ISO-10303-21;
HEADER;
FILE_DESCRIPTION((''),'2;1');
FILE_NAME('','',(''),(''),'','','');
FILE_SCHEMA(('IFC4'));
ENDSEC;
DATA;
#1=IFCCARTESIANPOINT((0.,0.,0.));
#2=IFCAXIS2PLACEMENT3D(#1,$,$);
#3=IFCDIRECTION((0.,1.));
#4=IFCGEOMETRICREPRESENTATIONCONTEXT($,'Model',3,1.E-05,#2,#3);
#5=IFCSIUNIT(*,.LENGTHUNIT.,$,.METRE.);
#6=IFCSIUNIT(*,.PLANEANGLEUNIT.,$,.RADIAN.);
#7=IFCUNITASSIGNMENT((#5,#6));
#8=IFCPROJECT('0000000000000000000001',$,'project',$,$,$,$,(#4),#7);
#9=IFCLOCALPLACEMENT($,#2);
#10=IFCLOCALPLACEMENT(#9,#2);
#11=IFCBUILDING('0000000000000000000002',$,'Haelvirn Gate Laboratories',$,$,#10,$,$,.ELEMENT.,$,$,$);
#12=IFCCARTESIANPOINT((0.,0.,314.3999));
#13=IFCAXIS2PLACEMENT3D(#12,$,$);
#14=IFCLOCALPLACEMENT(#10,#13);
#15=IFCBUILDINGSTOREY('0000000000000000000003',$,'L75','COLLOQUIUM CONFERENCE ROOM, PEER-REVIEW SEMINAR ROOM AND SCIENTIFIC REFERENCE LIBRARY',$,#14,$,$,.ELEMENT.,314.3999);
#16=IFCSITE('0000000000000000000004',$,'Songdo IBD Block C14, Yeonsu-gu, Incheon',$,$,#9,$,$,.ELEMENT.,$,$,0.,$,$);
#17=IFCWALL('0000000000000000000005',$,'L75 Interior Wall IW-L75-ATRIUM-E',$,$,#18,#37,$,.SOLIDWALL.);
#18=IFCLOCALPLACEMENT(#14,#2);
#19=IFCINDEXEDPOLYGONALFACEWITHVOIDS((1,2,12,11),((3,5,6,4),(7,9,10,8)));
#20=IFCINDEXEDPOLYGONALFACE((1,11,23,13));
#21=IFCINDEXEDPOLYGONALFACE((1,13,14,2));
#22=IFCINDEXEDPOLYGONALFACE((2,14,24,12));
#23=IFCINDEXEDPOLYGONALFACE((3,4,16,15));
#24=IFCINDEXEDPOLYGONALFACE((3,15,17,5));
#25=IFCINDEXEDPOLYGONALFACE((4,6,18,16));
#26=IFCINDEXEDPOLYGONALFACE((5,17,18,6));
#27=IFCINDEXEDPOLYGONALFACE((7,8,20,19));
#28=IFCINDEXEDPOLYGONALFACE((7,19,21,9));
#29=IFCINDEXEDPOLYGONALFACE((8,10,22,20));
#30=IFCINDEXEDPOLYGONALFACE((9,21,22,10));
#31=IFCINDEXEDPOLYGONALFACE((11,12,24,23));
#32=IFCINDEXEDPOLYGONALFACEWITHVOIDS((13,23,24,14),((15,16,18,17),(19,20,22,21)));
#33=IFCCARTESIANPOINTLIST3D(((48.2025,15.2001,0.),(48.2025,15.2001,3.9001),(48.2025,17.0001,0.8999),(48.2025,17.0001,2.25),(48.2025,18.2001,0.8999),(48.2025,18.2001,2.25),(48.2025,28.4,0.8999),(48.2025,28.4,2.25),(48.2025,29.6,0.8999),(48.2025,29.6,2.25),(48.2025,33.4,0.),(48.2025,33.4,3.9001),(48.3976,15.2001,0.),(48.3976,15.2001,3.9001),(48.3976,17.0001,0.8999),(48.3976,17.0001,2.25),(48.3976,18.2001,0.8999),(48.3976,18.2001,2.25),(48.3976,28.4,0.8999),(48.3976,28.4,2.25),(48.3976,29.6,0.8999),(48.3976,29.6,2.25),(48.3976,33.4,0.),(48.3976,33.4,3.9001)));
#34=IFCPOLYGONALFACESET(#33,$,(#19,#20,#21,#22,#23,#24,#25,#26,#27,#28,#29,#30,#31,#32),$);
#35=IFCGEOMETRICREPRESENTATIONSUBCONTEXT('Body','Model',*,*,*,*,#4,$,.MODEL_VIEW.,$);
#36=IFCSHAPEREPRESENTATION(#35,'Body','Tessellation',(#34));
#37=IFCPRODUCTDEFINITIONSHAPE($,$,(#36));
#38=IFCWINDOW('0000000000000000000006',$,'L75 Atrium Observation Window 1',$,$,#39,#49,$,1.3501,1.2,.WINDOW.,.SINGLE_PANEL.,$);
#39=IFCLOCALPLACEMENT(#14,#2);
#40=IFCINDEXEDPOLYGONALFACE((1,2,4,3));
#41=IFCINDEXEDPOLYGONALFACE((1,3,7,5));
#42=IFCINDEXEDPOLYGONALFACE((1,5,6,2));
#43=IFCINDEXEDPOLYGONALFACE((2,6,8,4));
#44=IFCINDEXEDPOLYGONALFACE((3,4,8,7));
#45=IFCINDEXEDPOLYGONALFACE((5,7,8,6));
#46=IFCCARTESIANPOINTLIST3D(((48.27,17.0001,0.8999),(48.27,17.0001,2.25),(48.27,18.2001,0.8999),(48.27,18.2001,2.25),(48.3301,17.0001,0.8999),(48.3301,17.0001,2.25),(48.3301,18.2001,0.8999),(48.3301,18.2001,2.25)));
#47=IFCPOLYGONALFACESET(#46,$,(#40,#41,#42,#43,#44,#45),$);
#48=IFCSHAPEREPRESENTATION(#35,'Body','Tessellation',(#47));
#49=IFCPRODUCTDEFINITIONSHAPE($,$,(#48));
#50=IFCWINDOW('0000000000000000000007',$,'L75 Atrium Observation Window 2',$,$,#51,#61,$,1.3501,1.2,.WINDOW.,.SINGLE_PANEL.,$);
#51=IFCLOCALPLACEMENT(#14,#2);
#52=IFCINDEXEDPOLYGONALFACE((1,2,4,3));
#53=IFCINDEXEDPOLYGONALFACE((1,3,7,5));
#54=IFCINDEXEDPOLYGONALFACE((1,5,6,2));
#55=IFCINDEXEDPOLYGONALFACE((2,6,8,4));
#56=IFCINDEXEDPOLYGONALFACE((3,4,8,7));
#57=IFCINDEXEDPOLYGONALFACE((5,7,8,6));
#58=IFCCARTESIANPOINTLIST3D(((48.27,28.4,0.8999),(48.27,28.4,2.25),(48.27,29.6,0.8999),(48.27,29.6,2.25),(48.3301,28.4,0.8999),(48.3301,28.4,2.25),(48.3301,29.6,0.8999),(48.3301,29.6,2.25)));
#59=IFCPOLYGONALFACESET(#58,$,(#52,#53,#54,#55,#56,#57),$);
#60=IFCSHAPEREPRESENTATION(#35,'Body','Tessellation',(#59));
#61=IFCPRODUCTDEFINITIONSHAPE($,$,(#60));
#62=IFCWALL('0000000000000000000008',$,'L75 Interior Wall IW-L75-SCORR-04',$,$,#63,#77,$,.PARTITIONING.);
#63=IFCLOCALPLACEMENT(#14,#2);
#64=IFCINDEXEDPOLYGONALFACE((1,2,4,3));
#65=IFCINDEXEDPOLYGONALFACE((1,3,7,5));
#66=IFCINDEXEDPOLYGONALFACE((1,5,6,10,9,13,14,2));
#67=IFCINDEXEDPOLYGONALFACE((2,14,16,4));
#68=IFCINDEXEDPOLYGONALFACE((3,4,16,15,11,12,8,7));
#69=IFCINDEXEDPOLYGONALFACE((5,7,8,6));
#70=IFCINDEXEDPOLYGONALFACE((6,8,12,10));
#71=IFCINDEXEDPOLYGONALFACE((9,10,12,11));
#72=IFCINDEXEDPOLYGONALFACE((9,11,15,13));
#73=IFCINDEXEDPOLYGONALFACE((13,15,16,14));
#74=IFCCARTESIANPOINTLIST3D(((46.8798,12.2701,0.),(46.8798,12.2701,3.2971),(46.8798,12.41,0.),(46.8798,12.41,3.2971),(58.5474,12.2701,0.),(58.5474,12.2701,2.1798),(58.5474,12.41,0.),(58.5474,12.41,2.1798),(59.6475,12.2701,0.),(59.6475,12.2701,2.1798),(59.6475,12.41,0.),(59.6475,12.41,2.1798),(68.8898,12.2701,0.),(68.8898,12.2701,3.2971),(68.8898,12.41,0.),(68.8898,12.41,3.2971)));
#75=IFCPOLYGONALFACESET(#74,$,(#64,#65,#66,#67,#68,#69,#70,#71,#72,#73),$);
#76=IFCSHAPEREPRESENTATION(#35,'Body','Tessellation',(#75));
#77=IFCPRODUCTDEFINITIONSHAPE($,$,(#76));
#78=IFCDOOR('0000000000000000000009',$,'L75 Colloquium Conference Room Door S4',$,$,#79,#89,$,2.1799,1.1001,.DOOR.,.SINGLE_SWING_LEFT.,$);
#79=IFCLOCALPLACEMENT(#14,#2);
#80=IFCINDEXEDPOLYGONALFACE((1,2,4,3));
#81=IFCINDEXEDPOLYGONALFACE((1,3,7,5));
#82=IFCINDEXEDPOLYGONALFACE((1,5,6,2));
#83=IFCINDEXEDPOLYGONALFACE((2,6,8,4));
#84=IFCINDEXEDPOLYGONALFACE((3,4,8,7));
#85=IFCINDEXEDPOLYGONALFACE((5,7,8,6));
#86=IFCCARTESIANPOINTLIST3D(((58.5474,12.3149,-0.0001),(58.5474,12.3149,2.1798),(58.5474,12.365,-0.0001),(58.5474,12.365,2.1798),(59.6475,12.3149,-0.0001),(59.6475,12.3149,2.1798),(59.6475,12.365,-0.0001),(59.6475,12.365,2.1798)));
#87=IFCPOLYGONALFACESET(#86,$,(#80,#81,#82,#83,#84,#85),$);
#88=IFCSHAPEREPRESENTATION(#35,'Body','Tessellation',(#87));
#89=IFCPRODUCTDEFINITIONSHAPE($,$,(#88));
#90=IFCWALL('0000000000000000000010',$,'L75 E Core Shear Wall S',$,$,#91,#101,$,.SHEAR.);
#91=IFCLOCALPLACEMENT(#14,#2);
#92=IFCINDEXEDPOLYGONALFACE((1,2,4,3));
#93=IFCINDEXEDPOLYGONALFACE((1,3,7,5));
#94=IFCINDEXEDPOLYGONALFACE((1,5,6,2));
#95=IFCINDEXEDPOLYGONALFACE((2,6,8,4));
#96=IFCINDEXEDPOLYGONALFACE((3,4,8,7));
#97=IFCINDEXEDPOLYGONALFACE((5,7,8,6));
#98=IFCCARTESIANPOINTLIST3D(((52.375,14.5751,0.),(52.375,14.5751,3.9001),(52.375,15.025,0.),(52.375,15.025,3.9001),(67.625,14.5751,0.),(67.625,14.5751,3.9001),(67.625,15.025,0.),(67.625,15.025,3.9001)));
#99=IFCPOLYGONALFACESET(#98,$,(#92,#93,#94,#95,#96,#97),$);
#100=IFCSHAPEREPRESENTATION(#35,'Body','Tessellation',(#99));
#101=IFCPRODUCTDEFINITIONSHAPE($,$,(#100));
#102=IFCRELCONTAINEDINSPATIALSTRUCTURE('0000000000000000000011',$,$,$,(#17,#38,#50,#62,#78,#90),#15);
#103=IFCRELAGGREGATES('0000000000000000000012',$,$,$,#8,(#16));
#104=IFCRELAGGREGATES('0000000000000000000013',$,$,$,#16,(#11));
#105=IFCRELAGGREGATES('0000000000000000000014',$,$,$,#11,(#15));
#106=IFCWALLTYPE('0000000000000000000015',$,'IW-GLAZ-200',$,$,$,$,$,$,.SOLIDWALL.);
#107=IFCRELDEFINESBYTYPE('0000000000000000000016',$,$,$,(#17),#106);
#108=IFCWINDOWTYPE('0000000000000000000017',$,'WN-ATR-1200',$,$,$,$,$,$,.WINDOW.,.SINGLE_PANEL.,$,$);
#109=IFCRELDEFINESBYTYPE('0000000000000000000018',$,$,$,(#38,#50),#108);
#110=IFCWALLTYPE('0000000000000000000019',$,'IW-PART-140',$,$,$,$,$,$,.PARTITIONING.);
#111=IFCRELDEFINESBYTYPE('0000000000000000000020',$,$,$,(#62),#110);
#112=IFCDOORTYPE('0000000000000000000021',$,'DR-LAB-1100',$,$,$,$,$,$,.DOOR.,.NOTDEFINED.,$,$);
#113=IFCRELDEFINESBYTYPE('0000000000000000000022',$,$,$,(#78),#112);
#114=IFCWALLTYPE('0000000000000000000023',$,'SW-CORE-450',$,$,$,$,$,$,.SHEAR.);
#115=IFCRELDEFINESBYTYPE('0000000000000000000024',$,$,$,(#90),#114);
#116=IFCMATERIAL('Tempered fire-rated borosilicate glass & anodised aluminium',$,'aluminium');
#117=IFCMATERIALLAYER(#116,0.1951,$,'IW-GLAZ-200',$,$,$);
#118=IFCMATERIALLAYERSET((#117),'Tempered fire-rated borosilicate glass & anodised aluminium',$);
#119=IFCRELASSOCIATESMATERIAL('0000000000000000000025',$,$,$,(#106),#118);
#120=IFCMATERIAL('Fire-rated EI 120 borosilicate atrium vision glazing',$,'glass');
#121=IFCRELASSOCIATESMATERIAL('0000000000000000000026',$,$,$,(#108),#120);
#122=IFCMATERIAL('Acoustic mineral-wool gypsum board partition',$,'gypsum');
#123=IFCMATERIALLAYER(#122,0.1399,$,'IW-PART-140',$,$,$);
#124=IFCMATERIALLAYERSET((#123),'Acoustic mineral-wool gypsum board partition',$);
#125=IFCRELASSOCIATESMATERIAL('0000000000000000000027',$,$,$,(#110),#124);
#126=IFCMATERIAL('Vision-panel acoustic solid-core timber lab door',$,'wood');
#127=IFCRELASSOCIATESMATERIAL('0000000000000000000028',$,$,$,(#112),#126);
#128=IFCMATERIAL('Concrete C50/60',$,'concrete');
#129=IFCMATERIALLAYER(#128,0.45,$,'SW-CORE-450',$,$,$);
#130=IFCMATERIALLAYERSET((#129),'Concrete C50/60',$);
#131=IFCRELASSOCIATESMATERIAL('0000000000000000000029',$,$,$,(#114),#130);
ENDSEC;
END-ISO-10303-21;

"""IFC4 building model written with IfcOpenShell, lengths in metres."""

from ifc_helpers import new_model, si_unit, direction, frame, frame_2d, origin, place, context, subcontext, project, spatial, rectangle, extrude, source, transform, mapped, material, layer, layer_set, type_object, type_shapes, element, fill, save


model = new_model("IFC4")

# Units and contexts
model_context = context("Model", 3, precision=1e-05, world=origin(), true_north=direction((0.0, 1.0)))
body_context = subcontext(model_context, "Body", "Model", "MODEL_VIEW")
ifc_project = project(units=[si_unit("LENGTHUNIT", "METRE"), si_unit("PLANEANGLEUNIT", "RADIAN")], contexts=[model_context])

# Site, building, storey
site_placement = place(None, origin())
site = spatial("IfcSite", under=ifc_project, at=site_placement, Name="Songdo IBD Block C14, Yeonsu-gu, Incheon", CompositionType="ELEMENT", RefElevation=0.0)
building_placement = place(site_placement, origin())
building = spatial("IfcBuilding", under=site, at=building_placement, Name="Haelvirn Gate Laboratories", CompositionType="ELEMENT")
storey_placement = place(building_placement, frame((0.0, 0.0, 314.3999)))
storey = spatial("IfcBuildingStorey", under=building, at=storey_placement, Name="L75", Description="COLLOQUIUM CONFERENCE ROOM, PEER-REVIEW SEMINAR ROOM AND SCIENTIFIC REFERENCE LIBRARY", CompositionType="ELEMENT", Elevation=314.3999)

# Shared definitions
ifc_material_1 = material(Name="Concrete C50/60", Category="concrete")

# Wall, openings, windows
ifc_material_2 = material(Name="Tempered fire-rated borosilicate glass & anodised aluminium", Category="aluminium")
ifc_layer_1 = layer(ifc_material_2, 0.1951, Name="IW-GLAZ-200")
ifc_layer_set_1 = layer_set([ifc_layer_1], Name="Tempered fire-rated borosilicate glass & anodised aluminium")
wall_type_1 = type_object("IfcWallType", Name="IW-GLAZ-200", PredefinedType="SOLIDWALL", material=ifc_layer_set_1)
wall_1_placement = place(storey_placement, frame((48.3, 15.2, 0.0), z_axis=(0.0, 0.0, 1.0), x_axis=(0.0, 1.0, 0.0)))
wall_1 = element("IfcWall", 1, at=wall_1_placement, inside=storey, type_object=wall_type_1, Name="L75 Interior Wall IW-L75-ATRIUM-E", PredefinedType="SOLIDWALL", context=body_context, shape_type="SweptSolid", body=[
    extrude(rectangle(XDim=18.2, YDim=0.1951, at=frame_2d((9.1001, 0.0))), origin(), (0.0, 0.0, 1.0), 3.9001),
])
opening_1_placement = place(wall_1_placement, frame((1.8, 0.0, 0.8999)))
opening_1 = element("IfcOpeningElement", 2, at=opening_1_placement, cuts=wall_1, PredefinedType="OPENING", context=body_context, shape_type="SweptSolid", body=[
    extrude(rectangle(XDim=1.2, YDim=1.3501, at=frame_2d((0.6001, 0.675))), frame((0.0, 0.1074, 0.0), z_axis=(0.0, -1.0, 0.0), x_axis=(1.0, 0.0, 0.0)), (0.0, 0.0, 1.0), 0.2151),
])
opening_2_placement = place(wall_1_placement, frame((13.2, 0.0, 0.8999)))
opening_2 = element("IfcOpeningElement", 3, at=opening_2_placement, cuts=wall_1, PredefinedType="OPENING", context=body_context, shape_type="SweptSolid", body=[
    extrude(rectangle(XDim=1.2, YDim=1.3501, at=frame_2d((0.6001, 0.675))), frame((0.0, 0.1074, 0.0), z_axis=(0.0, -1.0, 0.0), x_axis=(1.0, 0.0, 0.0)), (0.0, 0.0, 1.0), 0.2151),
])
ifc_material_3 = material(Name="Fire-rated EI 120 borosilicate atrium vision glazing", Category="glass")
window_type = type_object("IfcWindowType", Name="WN-ATR-1200", PartitioningType="SINGLE_PANEL", PredefinedType="WINDOW", material=ifc_material_3)
shared_shape_1 = source(origin(), body_context, "Body", "SweptSolid", [
    extrude(rectangle(XDim=1.2, YDim=1.3501, at=frame_2d((0.6001, 0.675))), frame((0.0, 0.03, 0.0), z_axis=(0.0, -1.0, 0.0), x_axis=(1.0, 0.0, 0.0)), (0.0, 0.0, 1.0), 0.0601),
])
type_shapes(window_type, [shared_shape_1])
window_1_placement = place(opening_1_placement, origin())
window_1 = element("IfcWindow", 4, at=window_1_placement, inside=storey, type_object=window_type, Name="L75 Atrium Observation Window 1", OverallHeight=1.3501, OverallWidth=1.2, PartitioningType="SINGLE_PANEL", PredefinedType="WINDOW", context=body_context, shape_type="MappedRepresentation", body=[
    mapped(shared_shape_1, transform((0.0, 0.0, 0.0), scale=1.0)),
])
fill(opening_1, window_1)
window_2_placement = place(opening_2_placement, origin())
window_2 = element("IfcWindow", 5, at=window_2_placement, inside=storey, type_object=window_type, Name="L75 Atrium Observation Window 2", OverallHeight=1.3501, OverallWidth=1.2, PartitioningType="SINGLE_PANEL", PredefinedType="WINDOW", context=body_context, shape_type="MappedRepresentation", body=[
    mapped(shared_shape_1, transform((0.0, 0.0, 0.0), scale=1.0)),
])
fill(opening_2, window_2)

# Wall, opening, door
ifc_material_4 = material(Name="Acoustic mineral-wool gypsum board partition", Category="gypsum")
ifc_layer_2 = layer(ifc_material_4, 0.1399, Name="IW-PART-140")
ifc_layer_set_2 = layer_set([ifc_layer_2], Name="Acoustic mineral-wool gypsum board partition")
wall_type_2 = type_object("IfcWallType", Name="IW-PART-140", PredefinedType="PARTITIONING", material=ifc_layer_set_2)
wall_2_placement = place(storey_placement, frame((46.8799, 12.3401, 0.0), z_axis=(0.0, 0.0, 1.0), x_axis=(1.0, 0.0, 0.0)))
wall_2 = element("IfcWall", 6, at=wall_2_placement, inside=storey, type_object=wall_type_2, Name="L75 Interior Wall IW-L75-SCORR-04", PredefinedType="PARTITIONING", context=body_context, shape_type="SweptSolid", body=[
    extrude(rectangle(XDim=22.01, YDim=0.1399, at=frame_2d((11.0049, 0.0))), origin(), (0.0, 0.0, 1.0), 3.2971),
])
opening_3_placement = place(wall_2_placement, frame((11.6675, 0.0, 0.0)))
opening_3 = element("IfcOpeningElement", 7, at=opening_3_placement, cuts=wall_2, PredefinedType="OPENING", context=body_context, shape_type="SweptSolid", body=[
    extrude(rectangle(XDim=1.1001, YDim=2.1799, at=frame_2d((0.55, 1.0898))), frame((0.0, 0.0801, 0.0), z_axis=(0.0, -1.0, 0.0), x_axis=(1.0, 0.0, 0.0)), (0.0, 0.0, 1.0), 0.1599),
])
ifc_material_5 = material(Name="Vision-panel acoustic solid-core timber lab door", Category="wood")
door_type = type_object("IfcDoorType", Name="DR-LAB-1100", OperationType="NOTDEFINED", PredefinedType="DOOR", material=ifc_material_5)
shared_shape_2 = source(origin(), body_context, "Body", "SweptSolid", [
    extrude(rectangle(XDim=1.1001, YDim=2.1799, at=frame_2d((0.55, 1.0898))), frame((0.0, 0.0249, 0.0), z_axis=(0.0, -1.0, 0.0), x_axis=(1.0, 0.0, 0.0)), (0.0, 0.0, 1.0), 0.05),
])
type_shapes(door_type, [shared_shape_2])
door_placement = place(opening_3_placement, origin())
door = element("IfcDoor", 8, at=door_placement, inside=storey, type_object=door_type, Name="L75 Colloquium Conference Room Door S4", OperationType="SINGLE_SWING_LEFT", OverallHeight=2.1799, OverallWidth=1.1001, PredefinedType="DOOR", context=body_context, shape_type="MappedRepresentation", body=[
    mapped(shared_shape_2, transform((0.0, 0.0, 0.0), scale=1.0)),
])
fill(opening_3, door)

# Wall
ifc_layer_3 = layer(ifc_material_1, 0.45, Name="SW-CORE-450")
ifc_layer_set_3 = layer_set([ifc_layer_3], Name="Concrete C50/60")
wall_type_3 = type_object("IfcWallType", Name="SW-CORE-450", PredefinedType="SHEAR", material=ifc_layer_set_3)
wall_3_placement = place(storey_placement, frame((52.375, 14.8, 0.0), z_axis=(0.0, 0.0, 1.0), x_axis=(1.0, 0.0, 0.0)))
element("IfcWall", 9, at=wall_3_placement, inside=storey, type_object=wall_type_3, Name="L75 E Core Shear Wall S", PredefinedType="SHEAR", context=body_context, shape_type="SweptSolid", body=[
    extrude(rectangle(XDim=15.25, YDim=0.45, at=frame_2d((7.625, 0.0))), origin(), (0.0, 0.0, 1.0), 3.9001),
])

save(model, "model.ifc")
